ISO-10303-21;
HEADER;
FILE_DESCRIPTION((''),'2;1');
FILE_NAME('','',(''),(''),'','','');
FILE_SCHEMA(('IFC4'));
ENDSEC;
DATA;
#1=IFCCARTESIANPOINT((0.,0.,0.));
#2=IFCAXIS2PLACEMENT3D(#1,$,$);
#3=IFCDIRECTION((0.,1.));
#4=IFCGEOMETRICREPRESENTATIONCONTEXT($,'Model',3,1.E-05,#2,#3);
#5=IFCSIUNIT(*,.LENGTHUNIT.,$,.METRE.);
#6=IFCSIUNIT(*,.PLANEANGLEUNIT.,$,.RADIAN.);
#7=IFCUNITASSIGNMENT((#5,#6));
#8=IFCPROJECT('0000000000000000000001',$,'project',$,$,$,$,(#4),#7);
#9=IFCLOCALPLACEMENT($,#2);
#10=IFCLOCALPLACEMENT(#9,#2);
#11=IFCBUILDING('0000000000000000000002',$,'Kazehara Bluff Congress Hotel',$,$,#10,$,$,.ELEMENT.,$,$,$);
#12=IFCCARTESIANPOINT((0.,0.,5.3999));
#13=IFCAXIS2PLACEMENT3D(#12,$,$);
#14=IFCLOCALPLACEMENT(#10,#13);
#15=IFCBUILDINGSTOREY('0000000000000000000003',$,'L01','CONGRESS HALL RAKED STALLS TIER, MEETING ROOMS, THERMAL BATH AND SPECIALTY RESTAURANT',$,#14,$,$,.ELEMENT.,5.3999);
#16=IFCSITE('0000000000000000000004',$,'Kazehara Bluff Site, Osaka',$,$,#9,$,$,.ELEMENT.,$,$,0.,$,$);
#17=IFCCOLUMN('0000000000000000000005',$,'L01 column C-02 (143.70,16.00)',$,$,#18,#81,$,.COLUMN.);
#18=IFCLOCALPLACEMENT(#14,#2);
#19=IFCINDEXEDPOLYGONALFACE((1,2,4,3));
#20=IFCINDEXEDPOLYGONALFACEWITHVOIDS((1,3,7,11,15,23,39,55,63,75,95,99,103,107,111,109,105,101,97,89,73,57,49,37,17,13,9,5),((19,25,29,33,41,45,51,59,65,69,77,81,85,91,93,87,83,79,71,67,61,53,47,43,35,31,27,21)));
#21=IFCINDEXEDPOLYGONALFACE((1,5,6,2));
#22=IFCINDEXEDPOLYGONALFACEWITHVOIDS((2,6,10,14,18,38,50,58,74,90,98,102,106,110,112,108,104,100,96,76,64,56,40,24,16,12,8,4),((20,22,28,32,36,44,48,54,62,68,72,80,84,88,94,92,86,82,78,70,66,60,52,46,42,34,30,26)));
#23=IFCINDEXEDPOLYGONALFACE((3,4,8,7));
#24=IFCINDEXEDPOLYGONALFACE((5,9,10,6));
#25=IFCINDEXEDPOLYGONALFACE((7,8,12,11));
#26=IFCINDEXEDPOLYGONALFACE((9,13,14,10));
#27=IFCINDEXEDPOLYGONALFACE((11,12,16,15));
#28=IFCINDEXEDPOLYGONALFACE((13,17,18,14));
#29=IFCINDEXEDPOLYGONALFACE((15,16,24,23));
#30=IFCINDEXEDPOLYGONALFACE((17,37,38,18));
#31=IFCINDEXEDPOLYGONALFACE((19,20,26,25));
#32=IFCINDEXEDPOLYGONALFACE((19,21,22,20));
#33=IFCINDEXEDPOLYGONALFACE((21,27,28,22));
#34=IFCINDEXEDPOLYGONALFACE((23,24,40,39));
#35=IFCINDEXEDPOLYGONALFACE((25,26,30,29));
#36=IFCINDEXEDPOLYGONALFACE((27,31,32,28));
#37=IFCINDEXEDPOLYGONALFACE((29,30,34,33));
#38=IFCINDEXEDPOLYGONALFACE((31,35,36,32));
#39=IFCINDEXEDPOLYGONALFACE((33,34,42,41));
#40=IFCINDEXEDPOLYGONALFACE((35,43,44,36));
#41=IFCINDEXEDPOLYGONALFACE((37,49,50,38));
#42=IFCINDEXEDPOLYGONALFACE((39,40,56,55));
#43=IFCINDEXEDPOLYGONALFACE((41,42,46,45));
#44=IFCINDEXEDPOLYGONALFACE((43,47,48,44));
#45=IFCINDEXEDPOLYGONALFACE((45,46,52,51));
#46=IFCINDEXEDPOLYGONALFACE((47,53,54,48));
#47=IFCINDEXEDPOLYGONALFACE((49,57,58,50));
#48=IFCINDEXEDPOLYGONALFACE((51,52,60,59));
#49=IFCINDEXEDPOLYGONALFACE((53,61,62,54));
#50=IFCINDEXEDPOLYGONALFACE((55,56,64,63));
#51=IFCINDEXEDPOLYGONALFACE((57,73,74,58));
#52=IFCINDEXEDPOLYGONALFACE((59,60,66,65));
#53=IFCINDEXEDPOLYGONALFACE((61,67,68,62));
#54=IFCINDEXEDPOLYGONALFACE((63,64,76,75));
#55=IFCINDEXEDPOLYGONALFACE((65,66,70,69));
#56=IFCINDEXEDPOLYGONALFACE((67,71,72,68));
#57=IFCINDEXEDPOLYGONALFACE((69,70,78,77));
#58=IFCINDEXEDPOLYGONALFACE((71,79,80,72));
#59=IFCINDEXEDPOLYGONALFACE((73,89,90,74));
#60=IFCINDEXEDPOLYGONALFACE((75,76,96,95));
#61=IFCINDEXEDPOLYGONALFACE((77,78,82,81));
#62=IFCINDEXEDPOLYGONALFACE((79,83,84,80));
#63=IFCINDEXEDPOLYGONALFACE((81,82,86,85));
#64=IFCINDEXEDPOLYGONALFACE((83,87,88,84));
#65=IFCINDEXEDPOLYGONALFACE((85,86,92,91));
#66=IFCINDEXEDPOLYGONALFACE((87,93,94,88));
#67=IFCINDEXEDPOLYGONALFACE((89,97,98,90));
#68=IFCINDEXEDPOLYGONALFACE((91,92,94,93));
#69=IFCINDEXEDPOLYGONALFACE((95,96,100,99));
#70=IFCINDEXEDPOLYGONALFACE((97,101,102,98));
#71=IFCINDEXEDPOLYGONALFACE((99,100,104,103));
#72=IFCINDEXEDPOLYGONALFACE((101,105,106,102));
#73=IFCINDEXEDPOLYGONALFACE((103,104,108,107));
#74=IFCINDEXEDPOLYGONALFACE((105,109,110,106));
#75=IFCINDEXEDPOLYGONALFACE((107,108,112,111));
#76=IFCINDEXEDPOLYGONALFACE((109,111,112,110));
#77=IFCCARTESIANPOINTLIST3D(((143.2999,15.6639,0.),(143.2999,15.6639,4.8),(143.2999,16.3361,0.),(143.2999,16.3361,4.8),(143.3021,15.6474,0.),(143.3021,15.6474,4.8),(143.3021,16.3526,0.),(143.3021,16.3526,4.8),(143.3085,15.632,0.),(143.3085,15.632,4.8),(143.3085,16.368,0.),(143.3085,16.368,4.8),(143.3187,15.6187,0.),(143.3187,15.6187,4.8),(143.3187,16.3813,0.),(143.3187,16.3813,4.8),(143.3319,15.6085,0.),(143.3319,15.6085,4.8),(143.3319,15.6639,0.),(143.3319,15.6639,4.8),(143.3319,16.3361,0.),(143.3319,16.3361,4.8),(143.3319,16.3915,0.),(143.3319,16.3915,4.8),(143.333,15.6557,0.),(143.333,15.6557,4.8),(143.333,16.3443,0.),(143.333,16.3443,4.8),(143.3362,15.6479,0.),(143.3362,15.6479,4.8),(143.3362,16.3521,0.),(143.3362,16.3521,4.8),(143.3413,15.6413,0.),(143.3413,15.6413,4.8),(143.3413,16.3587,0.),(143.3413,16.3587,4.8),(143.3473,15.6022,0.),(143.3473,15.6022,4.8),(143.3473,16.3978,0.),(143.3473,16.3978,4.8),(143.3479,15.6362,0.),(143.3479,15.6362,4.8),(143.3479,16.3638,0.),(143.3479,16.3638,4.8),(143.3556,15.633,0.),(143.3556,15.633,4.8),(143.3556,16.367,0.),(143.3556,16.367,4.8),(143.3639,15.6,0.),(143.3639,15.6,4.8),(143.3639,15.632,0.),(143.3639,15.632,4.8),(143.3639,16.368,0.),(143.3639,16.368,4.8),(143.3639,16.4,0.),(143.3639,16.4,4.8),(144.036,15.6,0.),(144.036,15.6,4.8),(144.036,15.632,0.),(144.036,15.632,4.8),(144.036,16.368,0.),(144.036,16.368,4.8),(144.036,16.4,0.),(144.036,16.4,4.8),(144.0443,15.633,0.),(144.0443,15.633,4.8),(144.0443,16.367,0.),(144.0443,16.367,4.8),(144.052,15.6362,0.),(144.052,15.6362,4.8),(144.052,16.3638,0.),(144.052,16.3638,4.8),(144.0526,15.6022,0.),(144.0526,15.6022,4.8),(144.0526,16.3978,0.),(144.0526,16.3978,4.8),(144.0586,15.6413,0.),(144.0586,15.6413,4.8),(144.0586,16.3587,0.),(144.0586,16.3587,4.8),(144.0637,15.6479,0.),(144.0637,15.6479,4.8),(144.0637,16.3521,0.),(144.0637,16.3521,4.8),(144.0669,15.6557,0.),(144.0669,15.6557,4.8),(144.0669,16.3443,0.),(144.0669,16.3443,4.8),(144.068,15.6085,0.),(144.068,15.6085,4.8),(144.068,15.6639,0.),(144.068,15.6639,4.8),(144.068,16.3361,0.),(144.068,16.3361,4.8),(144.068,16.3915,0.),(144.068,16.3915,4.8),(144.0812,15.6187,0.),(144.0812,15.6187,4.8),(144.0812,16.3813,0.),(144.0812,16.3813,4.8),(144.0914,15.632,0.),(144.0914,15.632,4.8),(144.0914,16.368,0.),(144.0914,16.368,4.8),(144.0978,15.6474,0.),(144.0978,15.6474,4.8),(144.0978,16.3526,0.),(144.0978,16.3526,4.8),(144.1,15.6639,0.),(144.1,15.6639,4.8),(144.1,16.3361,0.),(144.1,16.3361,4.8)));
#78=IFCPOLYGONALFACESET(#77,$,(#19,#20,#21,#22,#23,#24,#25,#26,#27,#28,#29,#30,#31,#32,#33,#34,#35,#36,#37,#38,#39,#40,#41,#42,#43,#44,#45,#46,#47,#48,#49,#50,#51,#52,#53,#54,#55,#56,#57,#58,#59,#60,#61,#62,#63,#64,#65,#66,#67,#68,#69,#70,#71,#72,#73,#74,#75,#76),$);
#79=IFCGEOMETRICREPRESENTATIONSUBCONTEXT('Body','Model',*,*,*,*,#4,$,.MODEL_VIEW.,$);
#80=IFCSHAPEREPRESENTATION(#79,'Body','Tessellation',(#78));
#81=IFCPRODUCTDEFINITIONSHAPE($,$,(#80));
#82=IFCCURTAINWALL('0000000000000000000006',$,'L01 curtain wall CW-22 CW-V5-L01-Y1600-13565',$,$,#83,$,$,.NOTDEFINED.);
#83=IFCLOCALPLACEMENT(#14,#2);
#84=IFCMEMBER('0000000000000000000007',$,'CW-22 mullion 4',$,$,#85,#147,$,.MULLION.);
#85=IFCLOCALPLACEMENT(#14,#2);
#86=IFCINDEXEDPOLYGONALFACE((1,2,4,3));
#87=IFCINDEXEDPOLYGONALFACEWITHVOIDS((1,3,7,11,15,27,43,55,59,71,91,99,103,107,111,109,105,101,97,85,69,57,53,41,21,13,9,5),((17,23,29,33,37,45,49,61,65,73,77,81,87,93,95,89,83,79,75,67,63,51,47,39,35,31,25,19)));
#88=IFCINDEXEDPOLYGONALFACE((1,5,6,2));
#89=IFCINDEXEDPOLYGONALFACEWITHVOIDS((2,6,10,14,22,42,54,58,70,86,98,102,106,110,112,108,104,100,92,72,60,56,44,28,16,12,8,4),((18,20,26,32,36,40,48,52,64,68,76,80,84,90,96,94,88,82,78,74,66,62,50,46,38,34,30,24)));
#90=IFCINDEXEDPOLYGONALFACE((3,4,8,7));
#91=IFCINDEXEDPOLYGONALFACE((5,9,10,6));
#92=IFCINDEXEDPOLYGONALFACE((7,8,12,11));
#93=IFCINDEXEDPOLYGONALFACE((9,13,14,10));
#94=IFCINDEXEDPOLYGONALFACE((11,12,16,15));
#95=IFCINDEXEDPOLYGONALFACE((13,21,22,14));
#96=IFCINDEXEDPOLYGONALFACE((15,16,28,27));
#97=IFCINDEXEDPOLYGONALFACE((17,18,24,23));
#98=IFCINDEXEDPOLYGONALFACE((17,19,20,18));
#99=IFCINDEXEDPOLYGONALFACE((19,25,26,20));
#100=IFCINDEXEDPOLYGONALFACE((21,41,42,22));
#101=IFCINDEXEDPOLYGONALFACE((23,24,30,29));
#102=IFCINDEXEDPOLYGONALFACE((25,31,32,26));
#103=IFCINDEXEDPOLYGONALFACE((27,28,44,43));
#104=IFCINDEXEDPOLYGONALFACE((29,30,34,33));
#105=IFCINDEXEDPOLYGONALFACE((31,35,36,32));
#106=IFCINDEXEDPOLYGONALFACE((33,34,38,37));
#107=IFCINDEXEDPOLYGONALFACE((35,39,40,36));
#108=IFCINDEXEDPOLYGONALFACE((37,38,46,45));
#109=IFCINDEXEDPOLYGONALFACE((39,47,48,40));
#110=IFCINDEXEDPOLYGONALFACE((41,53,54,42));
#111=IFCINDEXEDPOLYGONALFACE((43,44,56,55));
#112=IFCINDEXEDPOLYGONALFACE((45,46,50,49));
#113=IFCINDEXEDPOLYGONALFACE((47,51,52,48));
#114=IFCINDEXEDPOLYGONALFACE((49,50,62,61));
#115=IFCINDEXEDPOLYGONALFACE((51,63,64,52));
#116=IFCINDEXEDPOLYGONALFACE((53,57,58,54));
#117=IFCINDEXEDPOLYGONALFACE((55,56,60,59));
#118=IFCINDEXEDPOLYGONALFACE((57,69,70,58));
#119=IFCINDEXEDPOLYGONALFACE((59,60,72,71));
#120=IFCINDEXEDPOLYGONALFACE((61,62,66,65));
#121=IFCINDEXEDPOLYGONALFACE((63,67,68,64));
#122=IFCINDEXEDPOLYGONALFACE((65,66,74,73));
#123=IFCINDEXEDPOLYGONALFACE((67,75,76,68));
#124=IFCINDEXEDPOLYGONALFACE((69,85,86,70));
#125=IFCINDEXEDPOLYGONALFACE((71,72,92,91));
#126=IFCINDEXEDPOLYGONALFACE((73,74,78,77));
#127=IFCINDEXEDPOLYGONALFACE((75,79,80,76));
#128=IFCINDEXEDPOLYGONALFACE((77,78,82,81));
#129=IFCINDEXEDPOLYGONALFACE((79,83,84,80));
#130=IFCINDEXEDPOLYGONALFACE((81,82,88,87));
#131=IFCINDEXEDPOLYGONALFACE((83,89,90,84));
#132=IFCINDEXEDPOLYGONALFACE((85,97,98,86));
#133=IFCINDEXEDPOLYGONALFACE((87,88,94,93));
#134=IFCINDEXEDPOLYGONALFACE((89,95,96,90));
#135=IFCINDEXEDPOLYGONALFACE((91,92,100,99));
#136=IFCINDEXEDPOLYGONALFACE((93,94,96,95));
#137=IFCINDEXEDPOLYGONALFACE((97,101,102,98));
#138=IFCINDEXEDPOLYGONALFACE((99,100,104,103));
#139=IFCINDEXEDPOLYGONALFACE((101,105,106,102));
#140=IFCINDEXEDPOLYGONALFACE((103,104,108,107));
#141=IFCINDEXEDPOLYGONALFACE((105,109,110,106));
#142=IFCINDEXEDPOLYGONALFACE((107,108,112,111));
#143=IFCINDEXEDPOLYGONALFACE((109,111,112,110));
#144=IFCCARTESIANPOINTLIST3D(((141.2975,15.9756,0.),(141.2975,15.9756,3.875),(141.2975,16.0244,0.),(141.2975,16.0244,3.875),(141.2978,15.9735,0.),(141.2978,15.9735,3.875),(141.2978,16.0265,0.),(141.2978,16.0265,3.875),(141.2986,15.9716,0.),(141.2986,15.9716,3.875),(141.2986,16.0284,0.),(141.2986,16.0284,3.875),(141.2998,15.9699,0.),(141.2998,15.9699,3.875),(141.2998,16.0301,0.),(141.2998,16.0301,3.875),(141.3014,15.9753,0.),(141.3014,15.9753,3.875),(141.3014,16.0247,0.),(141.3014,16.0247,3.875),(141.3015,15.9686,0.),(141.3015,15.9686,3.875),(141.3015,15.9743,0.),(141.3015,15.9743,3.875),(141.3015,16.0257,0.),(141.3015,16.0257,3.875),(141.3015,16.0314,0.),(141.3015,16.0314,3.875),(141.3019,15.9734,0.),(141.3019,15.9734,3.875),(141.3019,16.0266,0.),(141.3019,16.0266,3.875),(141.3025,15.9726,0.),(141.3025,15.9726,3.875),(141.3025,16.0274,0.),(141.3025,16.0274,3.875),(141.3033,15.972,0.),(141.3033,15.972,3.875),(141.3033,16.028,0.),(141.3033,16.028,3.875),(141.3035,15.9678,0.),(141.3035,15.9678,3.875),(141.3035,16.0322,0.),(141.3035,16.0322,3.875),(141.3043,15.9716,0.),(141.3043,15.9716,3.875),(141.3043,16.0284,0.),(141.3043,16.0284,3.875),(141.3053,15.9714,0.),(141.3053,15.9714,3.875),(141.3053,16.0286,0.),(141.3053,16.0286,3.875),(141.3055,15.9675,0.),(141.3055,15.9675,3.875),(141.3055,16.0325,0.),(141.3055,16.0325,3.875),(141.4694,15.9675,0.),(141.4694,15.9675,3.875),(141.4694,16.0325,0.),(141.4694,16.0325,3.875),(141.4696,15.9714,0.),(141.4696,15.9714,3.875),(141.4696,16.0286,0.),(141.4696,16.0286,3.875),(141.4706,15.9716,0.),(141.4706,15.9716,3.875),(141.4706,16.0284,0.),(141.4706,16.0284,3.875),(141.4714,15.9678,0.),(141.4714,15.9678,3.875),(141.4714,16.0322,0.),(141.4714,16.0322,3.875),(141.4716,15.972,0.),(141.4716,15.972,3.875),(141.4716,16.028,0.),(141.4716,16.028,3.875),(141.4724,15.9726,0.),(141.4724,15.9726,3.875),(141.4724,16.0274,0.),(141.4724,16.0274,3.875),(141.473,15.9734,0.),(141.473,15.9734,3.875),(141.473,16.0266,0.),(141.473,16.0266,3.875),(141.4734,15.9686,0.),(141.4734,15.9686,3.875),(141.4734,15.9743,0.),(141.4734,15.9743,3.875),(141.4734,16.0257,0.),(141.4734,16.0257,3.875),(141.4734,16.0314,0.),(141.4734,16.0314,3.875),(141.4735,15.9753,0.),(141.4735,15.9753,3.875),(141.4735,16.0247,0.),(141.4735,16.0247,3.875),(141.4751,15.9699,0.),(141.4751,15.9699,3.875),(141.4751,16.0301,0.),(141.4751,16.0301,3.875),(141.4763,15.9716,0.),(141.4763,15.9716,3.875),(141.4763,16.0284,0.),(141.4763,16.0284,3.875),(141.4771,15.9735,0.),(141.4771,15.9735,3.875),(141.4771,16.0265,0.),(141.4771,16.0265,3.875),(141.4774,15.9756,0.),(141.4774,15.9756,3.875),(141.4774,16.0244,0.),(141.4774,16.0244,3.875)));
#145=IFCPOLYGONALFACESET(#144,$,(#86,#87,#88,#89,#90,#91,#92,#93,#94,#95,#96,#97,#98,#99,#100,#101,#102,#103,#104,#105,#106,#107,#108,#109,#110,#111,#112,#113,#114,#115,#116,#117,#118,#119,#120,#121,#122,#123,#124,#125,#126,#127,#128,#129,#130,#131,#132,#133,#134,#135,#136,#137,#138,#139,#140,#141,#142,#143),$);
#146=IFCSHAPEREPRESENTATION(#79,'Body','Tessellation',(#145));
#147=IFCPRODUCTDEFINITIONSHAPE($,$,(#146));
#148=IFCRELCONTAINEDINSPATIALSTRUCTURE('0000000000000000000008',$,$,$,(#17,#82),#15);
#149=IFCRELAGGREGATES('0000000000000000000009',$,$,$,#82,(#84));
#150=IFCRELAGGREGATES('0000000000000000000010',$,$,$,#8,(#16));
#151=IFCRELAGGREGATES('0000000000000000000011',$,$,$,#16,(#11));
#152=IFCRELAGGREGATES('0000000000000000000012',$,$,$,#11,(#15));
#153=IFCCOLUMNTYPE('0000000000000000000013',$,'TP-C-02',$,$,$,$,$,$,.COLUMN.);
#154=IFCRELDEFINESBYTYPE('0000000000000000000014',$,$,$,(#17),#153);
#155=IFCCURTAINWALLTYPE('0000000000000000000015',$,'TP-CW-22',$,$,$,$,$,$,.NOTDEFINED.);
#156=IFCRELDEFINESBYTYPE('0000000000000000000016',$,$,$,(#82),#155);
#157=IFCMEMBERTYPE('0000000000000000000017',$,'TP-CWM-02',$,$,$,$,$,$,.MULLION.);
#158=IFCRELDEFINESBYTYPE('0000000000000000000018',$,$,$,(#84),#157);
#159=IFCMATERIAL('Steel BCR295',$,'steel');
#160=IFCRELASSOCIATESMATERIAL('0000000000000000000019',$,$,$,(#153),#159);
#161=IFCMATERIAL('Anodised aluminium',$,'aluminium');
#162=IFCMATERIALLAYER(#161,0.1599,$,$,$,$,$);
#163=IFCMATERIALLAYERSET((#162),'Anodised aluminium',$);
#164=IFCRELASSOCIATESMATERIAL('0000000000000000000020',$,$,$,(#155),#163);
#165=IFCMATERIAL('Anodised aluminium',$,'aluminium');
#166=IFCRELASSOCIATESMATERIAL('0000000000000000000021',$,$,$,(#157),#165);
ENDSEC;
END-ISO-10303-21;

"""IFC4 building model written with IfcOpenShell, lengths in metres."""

from ifc_helpers import new_model, si_unit, direction, frame, origin, origin_2d, place, context, subcontext, project, spatial, hollow_rectangle, extrude, material, layer, layer_set, material_profile, profile_set, type_object, element, aggregate, save


model = new_model("IFC4")

# Units and contexts
model_context = context("Model", 3, precision=1e-05, world=origin(), true_north=direction((0.0, 1.0)))
body_context = subcontext(model_context, "Body", "Model", "MODEL_VIEW")
ifc_project = project(units=[si_unit("LENGTHUNIT", "METRE"), si_unit("PLANEANGLEUNIT", "RADIAN")], contexts=[model_context])

# Site, building, storey
site_placement = place(None, origin())
site = spatial("IfcSite", under=ifc_project, at=site_placement, Name="Kazehara Bluff Site, Osaka", CompositionType="ELEMENT", RefElevation=0.0)
building_placement = place(site_placement, origin())
building = spatial("IfcBuilding", under=site, at=building_placement, Name="Kazehara Bluff Congress Hotel", CompositionType="ELEMENT")
storey_placement = place(building_placement, frame((0.0, 0.0, 5.3999)))
storey = spatial("IfcBuildingStorey", under=building, at=storey_placement, Name="L01", Description="CONGRESS HALL RAKED STALLS TIER, MEETING ROOMS, THERMAL BATH AND SPECIALTY RESTAURANT", CompositionType="ELEMENT", Elevation=5.3999)

# Column
ifc_material_1 = material(Name="Steel BCR295", Category="steel")
ifc_material_profile_1 = material_profile(ifc_material_1, hollow_rectangle(XDim=0.8, YDim=0.8, WallThickness=0.032, InnerFilletRadius=0.032, OuterFilletRadius=0.064, at=origin_2d()))
ifc_profile_set_1 = profile_set([ifc_material_profile_1], Name="Steel BCR295")
column_type = type_object("IfcColumnType", Name="TP-C-02", PredefinedType="COLUMN", material=ifc_profile_set_1)
column_placement = place(storey_placement, frame((143.7, 16.0, 0.0), z_axis=(0.0, 0.0, 1.0), x_axis=(1.0, 0.0, 0.0)))
element("IfcColumn", 1, at=column_placement, inside=storey, type_object=column_type, Name="L01 column C-02 (143.70,16.00)", PredefinedType="COLUMN", context=body_context, shape_type="SweptSolid", body=[
    extrude(hollow_rectangle(XDim=0.8, YDim=0.8, WallThickness=0.032, InnerFilletRadius=0.032, OuterFilletRadius=0.064, at=origin_2d()), origin(), (0.0, 0.0, 1.0), 4.8),
])

# Curtain wall, member
ifc_material_2 = material(Name="Anodised aluminium", Category="aluminium")
ifc_layer_1 = layer(ifc_material_2, 0.1599)
ifc_layer_set_1 = layer_set([ifc_layer_1], Name="Anodised aluminium")
curtain_wall_type_1 = type_object("IfcCurtainWallType", Name="TP-CW-22", PredefinedType="NOTDEFINED", material=ifc_layer_set_1)
curtain_wall_1_placement = place(storey_placement, origin())
curtain_wall_1 = element("IfcCurtainWall", 2, at=curtain_wall_1_placement, inside=storey, type_object=curtain_wall_type_1, Name="L01 curtain wall CW-22 CW-V5-L01-Y1600-13565", PredefinedType="NOTDEFINED")
ifc_material_3 = material(Name="Anodised aluminium", Category="aluminium")
ifc_material_profile_2 = material_profile(ifc_material_3, hollow_rectangle(XDim=0.0649, YDim=0.1799, WallThickness=0.0039, InnerFilletRadius=0.0039, OuterFilletRadius=0.0081, at=origin_2d()))
ifc_profile_set_2 = profile_set([ifc_material_profile_2], Name="Anodised aluminium")
member_type_1 = type_object("IfcMemberType", Name="TP-CWM-02", PredefinedType="MULLION", material=ifc_profile_set_2)
member_1_placement = place(storey_placement, frame((141.3875, 16.0, 0.0), z_axis=(0.0, 0.0, 1.0), x_axis=(0.0, 1.0, 0.0)))
member_1 = element("IfcMember", 3, at=member_1_placement, type_object=member_type_1, Name="CW-22 mullion 4", PredefinedType="MULLION", context=body_context, shape_type="SweptSolid", body=[
    extrude(hollow_rectangle(XDim=0.0649, YDim=0.1799, WallThickness=0.0039, InnerFilletRadius=0.0039, OuterFilletRadius=0.0081, at=origin_2d()), origin(), (0.0, 0.0, 1.0), 3.875),
])

aggregate(curtain_wall_1, [member_1])

save(model, "model.ifc")
